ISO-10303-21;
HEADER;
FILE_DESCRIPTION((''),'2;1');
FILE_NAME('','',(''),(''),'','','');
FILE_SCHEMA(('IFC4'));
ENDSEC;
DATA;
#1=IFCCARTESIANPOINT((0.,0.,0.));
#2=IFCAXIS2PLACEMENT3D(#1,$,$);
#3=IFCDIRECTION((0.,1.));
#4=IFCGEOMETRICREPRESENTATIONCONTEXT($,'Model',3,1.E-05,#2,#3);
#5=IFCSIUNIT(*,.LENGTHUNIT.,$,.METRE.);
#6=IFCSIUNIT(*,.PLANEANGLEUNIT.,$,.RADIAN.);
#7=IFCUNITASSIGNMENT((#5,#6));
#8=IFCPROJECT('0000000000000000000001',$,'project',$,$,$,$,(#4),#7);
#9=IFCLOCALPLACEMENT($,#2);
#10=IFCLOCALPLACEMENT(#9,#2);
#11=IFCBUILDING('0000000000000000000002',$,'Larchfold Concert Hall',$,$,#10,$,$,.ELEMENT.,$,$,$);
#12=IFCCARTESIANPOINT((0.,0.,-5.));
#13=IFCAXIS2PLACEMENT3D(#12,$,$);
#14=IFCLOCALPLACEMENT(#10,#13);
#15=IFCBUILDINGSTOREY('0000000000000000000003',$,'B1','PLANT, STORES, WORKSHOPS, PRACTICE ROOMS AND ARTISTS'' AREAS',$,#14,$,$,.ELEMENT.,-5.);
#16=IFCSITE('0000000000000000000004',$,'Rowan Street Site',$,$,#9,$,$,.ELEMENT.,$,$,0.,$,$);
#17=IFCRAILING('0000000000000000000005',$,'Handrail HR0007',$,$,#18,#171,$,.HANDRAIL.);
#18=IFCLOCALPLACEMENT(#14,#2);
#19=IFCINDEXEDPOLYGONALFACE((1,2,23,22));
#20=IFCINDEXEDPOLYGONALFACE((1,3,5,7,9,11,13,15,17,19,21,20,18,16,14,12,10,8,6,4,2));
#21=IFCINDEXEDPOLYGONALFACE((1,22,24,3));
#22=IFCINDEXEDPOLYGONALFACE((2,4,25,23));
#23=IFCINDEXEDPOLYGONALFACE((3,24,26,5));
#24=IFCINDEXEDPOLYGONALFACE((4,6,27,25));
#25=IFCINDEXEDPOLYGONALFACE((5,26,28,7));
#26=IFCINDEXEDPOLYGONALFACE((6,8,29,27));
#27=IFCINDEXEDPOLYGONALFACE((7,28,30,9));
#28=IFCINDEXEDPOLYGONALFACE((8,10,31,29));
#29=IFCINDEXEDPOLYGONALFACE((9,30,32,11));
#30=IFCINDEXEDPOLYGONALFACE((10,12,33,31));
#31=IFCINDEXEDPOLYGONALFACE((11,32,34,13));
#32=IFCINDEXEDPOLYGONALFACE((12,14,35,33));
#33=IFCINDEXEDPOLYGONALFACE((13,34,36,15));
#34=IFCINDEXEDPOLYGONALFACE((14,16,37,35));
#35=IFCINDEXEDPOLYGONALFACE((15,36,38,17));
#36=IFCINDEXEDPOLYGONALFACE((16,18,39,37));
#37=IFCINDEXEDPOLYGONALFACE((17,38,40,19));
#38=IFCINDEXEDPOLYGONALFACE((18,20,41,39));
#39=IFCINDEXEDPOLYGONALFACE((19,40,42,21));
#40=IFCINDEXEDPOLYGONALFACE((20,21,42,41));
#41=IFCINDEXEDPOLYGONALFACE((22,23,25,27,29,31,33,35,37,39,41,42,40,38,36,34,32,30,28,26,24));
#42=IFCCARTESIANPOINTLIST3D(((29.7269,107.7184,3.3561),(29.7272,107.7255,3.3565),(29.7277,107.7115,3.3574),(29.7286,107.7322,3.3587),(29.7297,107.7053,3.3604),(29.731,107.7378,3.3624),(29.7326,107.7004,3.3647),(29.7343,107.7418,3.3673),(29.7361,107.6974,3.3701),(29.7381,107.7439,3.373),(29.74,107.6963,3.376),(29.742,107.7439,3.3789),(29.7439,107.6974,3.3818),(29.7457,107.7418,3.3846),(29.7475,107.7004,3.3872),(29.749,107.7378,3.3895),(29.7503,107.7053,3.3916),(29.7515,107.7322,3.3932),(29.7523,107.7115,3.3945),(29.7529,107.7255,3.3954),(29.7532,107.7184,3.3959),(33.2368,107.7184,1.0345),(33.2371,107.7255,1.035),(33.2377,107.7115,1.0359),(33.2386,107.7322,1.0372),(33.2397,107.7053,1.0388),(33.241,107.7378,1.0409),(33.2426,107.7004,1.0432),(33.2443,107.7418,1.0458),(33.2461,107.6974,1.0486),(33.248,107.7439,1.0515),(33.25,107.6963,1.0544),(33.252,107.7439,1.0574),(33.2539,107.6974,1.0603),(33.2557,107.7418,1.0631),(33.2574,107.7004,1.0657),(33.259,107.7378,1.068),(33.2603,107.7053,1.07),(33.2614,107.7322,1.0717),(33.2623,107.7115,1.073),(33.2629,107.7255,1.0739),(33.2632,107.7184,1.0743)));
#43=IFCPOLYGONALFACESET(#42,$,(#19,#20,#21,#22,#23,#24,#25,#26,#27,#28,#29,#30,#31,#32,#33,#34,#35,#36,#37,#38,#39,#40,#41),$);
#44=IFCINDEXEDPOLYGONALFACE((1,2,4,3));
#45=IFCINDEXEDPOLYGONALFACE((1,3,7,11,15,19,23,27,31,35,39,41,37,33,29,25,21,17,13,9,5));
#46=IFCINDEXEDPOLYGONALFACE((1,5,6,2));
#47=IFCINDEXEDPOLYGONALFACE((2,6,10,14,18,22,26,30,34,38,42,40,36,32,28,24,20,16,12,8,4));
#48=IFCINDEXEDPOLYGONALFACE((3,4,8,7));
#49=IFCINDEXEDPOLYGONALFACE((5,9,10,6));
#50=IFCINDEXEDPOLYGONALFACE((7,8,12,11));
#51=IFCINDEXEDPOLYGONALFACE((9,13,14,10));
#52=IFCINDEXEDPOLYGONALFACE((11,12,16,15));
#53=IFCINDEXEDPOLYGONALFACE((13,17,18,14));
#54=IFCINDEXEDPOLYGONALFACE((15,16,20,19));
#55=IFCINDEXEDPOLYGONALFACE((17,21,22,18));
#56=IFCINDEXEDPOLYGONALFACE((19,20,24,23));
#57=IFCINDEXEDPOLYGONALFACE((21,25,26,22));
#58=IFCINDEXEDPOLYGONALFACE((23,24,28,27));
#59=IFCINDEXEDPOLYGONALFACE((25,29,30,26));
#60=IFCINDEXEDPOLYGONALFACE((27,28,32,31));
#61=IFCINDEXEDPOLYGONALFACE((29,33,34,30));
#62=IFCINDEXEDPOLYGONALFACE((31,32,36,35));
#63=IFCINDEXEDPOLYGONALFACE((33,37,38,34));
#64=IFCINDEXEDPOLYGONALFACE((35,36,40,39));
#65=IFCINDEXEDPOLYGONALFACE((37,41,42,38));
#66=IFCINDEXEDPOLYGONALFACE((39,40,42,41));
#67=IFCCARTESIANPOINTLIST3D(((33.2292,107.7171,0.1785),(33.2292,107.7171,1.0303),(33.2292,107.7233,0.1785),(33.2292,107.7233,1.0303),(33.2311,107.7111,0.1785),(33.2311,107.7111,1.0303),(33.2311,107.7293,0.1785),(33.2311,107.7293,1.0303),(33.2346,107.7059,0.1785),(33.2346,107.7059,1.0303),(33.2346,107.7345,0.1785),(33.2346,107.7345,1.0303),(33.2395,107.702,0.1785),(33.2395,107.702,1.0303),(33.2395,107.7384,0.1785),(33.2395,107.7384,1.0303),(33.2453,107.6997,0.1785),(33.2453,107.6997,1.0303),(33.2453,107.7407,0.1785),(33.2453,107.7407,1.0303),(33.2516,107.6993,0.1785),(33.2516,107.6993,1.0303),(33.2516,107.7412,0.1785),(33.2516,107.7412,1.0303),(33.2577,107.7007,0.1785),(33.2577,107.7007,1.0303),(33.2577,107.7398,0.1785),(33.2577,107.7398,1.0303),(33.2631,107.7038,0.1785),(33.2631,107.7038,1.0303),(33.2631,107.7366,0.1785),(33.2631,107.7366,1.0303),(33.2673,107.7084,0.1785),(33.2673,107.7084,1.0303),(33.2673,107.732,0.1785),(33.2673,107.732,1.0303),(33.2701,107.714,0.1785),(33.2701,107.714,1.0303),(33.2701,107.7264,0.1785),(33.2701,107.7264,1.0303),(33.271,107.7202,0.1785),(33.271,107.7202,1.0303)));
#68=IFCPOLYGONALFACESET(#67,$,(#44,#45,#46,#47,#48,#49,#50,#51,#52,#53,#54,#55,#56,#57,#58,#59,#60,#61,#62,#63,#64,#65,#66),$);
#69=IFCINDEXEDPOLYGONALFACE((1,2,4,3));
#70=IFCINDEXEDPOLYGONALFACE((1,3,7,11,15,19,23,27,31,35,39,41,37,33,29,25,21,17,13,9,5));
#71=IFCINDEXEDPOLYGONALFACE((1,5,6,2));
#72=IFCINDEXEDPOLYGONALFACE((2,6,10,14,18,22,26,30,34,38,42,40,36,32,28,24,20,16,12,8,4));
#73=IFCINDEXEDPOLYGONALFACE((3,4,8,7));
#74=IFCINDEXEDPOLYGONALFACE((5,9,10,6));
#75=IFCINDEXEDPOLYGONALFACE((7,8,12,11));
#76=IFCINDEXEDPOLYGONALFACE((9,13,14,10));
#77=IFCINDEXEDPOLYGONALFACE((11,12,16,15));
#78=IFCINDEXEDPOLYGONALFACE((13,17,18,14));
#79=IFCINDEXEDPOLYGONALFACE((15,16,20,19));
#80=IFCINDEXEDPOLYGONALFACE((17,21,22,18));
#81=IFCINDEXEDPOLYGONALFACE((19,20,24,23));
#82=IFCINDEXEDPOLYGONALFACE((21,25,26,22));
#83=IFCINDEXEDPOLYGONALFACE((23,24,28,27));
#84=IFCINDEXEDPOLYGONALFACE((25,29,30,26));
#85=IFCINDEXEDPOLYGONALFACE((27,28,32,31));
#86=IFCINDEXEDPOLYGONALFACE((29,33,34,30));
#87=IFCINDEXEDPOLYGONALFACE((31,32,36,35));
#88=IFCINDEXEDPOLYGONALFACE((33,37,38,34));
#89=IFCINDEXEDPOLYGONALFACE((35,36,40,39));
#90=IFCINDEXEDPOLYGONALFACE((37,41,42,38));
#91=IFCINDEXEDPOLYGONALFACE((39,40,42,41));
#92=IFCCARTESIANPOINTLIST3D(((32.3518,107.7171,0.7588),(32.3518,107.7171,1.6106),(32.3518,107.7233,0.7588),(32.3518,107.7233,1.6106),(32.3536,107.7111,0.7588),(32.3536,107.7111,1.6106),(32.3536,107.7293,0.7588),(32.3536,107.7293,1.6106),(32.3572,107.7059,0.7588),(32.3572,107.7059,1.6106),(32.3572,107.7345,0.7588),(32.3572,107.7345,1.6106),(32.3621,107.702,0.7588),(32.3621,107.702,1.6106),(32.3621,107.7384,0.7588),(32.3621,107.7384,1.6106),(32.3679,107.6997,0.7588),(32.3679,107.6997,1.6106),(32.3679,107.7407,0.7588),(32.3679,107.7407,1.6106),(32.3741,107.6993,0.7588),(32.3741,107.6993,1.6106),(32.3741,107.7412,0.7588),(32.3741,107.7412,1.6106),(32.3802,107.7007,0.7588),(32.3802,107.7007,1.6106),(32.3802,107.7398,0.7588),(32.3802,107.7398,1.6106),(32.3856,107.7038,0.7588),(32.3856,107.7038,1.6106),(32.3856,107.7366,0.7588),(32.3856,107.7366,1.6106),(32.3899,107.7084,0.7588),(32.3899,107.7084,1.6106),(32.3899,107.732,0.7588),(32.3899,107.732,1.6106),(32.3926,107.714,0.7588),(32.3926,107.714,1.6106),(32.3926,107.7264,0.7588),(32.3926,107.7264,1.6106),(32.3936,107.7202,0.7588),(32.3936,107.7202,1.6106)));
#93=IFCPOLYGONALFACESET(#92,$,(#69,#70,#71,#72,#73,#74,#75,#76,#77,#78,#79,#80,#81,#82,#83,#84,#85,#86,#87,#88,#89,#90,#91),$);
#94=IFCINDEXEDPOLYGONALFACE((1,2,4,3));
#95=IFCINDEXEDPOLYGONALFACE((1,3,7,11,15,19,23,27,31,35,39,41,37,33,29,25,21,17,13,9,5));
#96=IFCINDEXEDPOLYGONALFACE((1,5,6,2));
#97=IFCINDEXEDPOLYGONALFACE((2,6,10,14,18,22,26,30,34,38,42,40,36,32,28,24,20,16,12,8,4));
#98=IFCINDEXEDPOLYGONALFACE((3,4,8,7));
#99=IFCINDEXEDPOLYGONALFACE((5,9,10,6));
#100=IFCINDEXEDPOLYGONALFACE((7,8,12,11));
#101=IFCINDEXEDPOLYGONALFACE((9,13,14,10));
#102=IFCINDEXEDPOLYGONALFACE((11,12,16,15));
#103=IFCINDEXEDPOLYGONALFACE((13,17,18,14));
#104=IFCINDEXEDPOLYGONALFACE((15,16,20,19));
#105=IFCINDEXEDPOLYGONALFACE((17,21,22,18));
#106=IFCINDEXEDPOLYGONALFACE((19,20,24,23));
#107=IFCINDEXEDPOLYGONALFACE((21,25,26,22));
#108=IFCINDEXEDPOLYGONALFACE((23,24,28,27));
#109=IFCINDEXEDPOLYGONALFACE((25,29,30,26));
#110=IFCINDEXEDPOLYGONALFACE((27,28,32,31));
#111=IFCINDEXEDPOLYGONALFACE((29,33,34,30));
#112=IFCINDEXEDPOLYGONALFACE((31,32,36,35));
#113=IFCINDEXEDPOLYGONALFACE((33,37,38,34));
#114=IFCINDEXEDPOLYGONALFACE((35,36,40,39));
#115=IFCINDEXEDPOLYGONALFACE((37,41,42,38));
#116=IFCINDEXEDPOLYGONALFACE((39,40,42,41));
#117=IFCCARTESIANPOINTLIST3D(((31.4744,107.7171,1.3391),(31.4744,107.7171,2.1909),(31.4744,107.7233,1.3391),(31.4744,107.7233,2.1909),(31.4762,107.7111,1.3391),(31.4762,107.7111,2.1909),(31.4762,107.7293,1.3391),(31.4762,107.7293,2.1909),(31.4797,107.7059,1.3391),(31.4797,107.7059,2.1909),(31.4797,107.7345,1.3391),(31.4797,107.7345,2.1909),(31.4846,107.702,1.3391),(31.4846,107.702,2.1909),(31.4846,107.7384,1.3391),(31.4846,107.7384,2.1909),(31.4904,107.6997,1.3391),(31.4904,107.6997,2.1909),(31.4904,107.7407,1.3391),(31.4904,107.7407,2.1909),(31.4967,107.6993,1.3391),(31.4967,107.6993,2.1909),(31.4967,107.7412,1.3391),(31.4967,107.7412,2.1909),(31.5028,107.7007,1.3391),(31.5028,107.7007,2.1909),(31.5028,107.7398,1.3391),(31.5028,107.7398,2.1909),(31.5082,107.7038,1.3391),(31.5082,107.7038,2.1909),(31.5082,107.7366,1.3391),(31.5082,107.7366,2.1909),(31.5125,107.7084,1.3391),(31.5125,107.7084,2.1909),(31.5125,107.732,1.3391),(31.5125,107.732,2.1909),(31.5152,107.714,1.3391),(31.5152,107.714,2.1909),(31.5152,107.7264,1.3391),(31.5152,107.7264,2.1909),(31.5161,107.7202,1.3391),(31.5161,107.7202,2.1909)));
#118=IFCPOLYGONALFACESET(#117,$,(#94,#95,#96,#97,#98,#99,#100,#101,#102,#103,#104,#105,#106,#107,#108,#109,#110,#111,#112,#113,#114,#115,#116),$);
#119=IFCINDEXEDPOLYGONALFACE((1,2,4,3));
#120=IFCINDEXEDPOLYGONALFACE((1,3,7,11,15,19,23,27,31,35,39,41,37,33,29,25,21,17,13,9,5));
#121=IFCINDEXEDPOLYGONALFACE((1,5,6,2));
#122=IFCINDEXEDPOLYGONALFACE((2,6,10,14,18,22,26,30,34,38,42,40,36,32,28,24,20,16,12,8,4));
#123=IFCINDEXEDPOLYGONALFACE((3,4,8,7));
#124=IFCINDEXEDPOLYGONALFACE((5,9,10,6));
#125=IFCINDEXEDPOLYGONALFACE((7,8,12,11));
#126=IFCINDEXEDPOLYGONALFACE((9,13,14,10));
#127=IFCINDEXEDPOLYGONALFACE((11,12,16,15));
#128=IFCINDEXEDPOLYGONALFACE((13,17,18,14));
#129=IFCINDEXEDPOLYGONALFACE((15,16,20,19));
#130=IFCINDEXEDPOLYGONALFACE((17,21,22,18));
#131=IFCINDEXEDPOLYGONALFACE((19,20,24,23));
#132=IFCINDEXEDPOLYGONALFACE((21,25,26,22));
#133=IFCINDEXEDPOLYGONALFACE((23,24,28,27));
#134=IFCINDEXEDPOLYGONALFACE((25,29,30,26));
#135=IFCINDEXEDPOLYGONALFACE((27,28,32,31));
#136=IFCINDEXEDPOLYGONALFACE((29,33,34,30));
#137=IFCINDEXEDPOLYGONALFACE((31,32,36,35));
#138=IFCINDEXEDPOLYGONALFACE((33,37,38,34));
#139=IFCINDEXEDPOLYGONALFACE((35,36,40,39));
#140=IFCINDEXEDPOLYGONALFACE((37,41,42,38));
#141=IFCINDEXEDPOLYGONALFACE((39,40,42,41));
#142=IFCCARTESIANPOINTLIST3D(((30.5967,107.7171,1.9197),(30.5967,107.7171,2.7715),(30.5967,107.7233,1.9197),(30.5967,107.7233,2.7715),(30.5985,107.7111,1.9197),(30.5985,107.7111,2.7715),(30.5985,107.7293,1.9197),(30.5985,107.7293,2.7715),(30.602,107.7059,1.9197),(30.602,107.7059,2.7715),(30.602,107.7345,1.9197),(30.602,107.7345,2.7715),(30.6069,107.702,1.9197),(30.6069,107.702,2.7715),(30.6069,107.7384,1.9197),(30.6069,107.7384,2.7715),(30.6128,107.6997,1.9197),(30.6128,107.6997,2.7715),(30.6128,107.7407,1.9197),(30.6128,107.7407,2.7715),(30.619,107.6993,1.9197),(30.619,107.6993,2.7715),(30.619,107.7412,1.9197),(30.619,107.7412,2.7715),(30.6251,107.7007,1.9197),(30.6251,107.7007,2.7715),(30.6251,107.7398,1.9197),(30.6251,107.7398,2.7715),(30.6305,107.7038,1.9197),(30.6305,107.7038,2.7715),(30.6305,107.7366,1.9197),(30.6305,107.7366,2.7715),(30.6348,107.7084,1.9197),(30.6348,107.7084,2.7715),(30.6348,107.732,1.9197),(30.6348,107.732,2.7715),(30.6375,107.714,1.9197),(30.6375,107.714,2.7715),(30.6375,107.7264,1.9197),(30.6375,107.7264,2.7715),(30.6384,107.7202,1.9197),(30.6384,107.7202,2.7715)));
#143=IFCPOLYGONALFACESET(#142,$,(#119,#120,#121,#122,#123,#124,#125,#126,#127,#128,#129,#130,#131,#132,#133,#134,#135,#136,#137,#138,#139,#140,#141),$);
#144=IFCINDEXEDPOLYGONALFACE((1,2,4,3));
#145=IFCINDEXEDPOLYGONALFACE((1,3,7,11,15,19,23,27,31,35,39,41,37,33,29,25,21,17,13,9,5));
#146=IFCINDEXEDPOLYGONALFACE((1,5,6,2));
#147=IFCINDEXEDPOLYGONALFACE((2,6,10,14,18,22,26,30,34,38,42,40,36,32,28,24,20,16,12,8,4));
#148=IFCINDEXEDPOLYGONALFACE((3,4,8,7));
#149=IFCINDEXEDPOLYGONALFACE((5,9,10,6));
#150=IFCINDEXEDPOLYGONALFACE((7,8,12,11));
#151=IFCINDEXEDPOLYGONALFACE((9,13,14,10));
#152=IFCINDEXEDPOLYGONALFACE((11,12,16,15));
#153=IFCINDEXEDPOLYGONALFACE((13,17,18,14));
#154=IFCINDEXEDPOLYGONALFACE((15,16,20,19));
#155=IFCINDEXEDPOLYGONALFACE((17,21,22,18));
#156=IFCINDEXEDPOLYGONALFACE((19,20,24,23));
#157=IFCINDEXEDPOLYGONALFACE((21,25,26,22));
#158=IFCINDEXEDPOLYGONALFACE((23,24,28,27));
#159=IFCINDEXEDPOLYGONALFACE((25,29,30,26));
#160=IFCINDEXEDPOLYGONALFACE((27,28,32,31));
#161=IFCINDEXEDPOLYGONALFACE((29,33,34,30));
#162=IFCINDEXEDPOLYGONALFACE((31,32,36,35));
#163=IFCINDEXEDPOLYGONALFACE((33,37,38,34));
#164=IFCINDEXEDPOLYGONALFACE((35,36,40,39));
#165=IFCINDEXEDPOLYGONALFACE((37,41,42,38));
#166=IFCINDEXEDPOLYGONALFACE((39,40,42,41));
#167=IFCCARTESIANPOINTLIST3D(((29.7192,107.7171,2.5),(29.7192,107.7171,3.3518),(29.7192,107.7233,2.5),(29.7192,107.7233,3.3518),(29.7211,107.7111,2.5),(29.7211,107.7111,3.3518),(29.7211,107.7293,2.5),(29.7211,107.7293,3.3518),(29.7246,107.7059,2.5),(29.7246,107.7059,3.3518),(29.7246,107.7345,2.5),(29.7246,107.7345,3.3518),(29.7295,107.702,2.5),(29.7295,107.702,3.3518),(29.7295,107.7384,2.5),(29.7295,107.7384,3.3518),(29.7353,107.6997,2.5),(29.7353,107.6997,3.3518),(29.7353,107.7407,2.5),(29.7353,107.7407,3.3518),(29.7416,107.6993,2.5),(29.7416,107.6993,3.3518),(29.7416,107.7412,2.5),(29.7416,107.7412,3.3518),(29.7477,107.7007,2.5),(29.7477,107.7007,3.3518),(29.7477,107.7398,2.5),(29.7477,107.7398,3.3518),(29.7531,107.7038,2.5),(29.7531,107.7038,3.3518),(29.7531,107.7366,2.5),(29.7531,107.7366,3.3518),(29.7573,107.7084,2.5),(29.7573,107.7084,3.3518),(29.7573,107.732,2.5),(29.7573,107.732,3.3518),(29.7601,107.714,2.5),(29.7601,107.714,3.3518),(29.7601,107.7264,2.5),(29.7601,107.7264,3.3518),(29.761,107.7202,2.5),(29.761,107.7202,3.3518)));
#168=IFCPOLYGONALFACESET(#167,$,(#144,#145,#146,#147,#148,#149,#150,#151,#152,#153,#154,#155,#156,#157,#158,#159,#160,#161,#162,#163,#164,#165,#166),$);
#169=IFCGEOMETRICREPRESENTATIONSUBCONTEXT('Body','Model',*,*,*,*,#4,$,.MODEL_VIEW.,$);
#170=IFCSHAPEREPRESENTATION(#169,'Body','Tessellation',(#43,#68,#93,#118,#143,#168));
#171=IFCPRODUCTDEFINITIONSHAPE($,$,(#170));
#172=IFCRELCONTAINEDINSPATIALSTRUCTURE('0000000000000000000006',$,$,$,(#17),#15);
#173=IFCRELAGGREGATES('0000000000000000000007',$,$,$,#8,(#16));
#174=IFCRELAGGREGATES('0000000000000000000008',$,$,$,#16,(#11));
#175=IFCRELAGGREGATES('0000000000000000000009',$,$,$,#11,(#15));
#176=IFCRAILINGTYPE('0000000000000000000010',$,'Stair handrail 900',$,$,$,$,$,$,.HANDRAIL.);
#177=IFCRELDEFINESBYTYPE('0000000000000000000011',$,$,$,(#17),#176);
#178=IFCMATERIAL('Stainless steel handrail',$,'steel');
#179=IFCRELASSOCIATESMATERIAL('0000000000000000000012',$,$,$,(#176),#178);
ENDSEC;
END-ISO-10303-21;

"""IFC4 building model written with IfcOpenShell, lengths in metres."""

from ifc_helpers import new_model, si_unit, direction, frame, origin, origin_2d, place, context, subcontext, project, spatial, circle, extrude, material, type_object, element, save


model = new_model("IFC4")

# Units and contexts
model_context = context("Model", 3, precision=1e-05, world=origin(), true_north=direction((0.0, 1.0)))
body_context = subcontext(model_context, "Body", "Model", "MODEL_VIEW")
ifc_project = project(units=[si_unit("LENGTHUNIT", "METRE"), si_unit("PLANEANGLEUNIT", "RADIAN")], contexts=[model_context])

# Site, building, storey
site_placement = place(None, origin())
site = spatial("IfcSite", under=ifc_project, at=site_placement, Name="Rowan Street Site", CompositionType="ELEMENT", RefElevation=0.0)
building_placement = place(site_placement, origin())
building = spatial("IfcBuilding", under=site, at=building_placement, Name="Larchfold Concert Hall", CompositionType="ELEMENT")
storey_placement = place(building_placement, frame((0.0, 0.0, -5.0)))
storey = spatial("IfcBuildingStorey", under=building, at=storey_placement, Name="B1", Description="PLANT, STORES, WORKSHOPS, PRACTICE ROOMS AND ARTISTS' AREAS", CompositionType="ELEMENT", Elevation=-5.0)

# Railing
ifc_material_1 = material(Name="Stainless steel handrail", Category="steel")
railing_type_1 = type_object("IfcRailingType", Name="Stair handrail 900", PredefinedType="HANDRAIL", material=ifc_material_1)
railing_1_placement = place(storey_placement, frame((33.25, 107.7202, 0.1785)))
element("IfcRailing", 1, at=railing_1_placement, inside=storey, type_object=railing_type_1, Name="Handrail HR0007", PredefinedType="HANDRAIL", context=body_context, shape_type="SweptSolid", body=[
    extrude(circle(Radius=0.0239, at=origin_2d()), frame((0.0, 0.0, 0.876), z_axis=(-0.834071, 0.0, 0.551657), x_axis=(0.0, -1.0, 0.0)), (0.0, 0.0, 1.0), 4.2083),
    extrude(circle(Radius=0.021, at=origin_2d()), origin(), (0.0, 0.0, 1.0), 0.8518),
    extrude(circle(Radius=0.021, at=origin_2d()), frame((-0.8774, 0.0, 0.5803)), (0.0, 0.0, 1.0), 0.8518),
    extrude(circle(Radius=0.021, at=origin_2d()), frame((-1.7549, 0.0, 1.1606)), (0.0, 0.0, 1.0), 0.8518),
    extrude(circle(Radius=0.021, at=origin_2d()), frame((-2.6326, 0.0, 1.7412)), (0.0, 0.0, 1.0), 0.8518),
    extrude(circle(Radius=0.021, at=origin_2d()), frame((-3.51, 0.0, 2.3215)), (0.0, 0.0, 1.0), 0.8518),
])

save(model, "model.ifc")
